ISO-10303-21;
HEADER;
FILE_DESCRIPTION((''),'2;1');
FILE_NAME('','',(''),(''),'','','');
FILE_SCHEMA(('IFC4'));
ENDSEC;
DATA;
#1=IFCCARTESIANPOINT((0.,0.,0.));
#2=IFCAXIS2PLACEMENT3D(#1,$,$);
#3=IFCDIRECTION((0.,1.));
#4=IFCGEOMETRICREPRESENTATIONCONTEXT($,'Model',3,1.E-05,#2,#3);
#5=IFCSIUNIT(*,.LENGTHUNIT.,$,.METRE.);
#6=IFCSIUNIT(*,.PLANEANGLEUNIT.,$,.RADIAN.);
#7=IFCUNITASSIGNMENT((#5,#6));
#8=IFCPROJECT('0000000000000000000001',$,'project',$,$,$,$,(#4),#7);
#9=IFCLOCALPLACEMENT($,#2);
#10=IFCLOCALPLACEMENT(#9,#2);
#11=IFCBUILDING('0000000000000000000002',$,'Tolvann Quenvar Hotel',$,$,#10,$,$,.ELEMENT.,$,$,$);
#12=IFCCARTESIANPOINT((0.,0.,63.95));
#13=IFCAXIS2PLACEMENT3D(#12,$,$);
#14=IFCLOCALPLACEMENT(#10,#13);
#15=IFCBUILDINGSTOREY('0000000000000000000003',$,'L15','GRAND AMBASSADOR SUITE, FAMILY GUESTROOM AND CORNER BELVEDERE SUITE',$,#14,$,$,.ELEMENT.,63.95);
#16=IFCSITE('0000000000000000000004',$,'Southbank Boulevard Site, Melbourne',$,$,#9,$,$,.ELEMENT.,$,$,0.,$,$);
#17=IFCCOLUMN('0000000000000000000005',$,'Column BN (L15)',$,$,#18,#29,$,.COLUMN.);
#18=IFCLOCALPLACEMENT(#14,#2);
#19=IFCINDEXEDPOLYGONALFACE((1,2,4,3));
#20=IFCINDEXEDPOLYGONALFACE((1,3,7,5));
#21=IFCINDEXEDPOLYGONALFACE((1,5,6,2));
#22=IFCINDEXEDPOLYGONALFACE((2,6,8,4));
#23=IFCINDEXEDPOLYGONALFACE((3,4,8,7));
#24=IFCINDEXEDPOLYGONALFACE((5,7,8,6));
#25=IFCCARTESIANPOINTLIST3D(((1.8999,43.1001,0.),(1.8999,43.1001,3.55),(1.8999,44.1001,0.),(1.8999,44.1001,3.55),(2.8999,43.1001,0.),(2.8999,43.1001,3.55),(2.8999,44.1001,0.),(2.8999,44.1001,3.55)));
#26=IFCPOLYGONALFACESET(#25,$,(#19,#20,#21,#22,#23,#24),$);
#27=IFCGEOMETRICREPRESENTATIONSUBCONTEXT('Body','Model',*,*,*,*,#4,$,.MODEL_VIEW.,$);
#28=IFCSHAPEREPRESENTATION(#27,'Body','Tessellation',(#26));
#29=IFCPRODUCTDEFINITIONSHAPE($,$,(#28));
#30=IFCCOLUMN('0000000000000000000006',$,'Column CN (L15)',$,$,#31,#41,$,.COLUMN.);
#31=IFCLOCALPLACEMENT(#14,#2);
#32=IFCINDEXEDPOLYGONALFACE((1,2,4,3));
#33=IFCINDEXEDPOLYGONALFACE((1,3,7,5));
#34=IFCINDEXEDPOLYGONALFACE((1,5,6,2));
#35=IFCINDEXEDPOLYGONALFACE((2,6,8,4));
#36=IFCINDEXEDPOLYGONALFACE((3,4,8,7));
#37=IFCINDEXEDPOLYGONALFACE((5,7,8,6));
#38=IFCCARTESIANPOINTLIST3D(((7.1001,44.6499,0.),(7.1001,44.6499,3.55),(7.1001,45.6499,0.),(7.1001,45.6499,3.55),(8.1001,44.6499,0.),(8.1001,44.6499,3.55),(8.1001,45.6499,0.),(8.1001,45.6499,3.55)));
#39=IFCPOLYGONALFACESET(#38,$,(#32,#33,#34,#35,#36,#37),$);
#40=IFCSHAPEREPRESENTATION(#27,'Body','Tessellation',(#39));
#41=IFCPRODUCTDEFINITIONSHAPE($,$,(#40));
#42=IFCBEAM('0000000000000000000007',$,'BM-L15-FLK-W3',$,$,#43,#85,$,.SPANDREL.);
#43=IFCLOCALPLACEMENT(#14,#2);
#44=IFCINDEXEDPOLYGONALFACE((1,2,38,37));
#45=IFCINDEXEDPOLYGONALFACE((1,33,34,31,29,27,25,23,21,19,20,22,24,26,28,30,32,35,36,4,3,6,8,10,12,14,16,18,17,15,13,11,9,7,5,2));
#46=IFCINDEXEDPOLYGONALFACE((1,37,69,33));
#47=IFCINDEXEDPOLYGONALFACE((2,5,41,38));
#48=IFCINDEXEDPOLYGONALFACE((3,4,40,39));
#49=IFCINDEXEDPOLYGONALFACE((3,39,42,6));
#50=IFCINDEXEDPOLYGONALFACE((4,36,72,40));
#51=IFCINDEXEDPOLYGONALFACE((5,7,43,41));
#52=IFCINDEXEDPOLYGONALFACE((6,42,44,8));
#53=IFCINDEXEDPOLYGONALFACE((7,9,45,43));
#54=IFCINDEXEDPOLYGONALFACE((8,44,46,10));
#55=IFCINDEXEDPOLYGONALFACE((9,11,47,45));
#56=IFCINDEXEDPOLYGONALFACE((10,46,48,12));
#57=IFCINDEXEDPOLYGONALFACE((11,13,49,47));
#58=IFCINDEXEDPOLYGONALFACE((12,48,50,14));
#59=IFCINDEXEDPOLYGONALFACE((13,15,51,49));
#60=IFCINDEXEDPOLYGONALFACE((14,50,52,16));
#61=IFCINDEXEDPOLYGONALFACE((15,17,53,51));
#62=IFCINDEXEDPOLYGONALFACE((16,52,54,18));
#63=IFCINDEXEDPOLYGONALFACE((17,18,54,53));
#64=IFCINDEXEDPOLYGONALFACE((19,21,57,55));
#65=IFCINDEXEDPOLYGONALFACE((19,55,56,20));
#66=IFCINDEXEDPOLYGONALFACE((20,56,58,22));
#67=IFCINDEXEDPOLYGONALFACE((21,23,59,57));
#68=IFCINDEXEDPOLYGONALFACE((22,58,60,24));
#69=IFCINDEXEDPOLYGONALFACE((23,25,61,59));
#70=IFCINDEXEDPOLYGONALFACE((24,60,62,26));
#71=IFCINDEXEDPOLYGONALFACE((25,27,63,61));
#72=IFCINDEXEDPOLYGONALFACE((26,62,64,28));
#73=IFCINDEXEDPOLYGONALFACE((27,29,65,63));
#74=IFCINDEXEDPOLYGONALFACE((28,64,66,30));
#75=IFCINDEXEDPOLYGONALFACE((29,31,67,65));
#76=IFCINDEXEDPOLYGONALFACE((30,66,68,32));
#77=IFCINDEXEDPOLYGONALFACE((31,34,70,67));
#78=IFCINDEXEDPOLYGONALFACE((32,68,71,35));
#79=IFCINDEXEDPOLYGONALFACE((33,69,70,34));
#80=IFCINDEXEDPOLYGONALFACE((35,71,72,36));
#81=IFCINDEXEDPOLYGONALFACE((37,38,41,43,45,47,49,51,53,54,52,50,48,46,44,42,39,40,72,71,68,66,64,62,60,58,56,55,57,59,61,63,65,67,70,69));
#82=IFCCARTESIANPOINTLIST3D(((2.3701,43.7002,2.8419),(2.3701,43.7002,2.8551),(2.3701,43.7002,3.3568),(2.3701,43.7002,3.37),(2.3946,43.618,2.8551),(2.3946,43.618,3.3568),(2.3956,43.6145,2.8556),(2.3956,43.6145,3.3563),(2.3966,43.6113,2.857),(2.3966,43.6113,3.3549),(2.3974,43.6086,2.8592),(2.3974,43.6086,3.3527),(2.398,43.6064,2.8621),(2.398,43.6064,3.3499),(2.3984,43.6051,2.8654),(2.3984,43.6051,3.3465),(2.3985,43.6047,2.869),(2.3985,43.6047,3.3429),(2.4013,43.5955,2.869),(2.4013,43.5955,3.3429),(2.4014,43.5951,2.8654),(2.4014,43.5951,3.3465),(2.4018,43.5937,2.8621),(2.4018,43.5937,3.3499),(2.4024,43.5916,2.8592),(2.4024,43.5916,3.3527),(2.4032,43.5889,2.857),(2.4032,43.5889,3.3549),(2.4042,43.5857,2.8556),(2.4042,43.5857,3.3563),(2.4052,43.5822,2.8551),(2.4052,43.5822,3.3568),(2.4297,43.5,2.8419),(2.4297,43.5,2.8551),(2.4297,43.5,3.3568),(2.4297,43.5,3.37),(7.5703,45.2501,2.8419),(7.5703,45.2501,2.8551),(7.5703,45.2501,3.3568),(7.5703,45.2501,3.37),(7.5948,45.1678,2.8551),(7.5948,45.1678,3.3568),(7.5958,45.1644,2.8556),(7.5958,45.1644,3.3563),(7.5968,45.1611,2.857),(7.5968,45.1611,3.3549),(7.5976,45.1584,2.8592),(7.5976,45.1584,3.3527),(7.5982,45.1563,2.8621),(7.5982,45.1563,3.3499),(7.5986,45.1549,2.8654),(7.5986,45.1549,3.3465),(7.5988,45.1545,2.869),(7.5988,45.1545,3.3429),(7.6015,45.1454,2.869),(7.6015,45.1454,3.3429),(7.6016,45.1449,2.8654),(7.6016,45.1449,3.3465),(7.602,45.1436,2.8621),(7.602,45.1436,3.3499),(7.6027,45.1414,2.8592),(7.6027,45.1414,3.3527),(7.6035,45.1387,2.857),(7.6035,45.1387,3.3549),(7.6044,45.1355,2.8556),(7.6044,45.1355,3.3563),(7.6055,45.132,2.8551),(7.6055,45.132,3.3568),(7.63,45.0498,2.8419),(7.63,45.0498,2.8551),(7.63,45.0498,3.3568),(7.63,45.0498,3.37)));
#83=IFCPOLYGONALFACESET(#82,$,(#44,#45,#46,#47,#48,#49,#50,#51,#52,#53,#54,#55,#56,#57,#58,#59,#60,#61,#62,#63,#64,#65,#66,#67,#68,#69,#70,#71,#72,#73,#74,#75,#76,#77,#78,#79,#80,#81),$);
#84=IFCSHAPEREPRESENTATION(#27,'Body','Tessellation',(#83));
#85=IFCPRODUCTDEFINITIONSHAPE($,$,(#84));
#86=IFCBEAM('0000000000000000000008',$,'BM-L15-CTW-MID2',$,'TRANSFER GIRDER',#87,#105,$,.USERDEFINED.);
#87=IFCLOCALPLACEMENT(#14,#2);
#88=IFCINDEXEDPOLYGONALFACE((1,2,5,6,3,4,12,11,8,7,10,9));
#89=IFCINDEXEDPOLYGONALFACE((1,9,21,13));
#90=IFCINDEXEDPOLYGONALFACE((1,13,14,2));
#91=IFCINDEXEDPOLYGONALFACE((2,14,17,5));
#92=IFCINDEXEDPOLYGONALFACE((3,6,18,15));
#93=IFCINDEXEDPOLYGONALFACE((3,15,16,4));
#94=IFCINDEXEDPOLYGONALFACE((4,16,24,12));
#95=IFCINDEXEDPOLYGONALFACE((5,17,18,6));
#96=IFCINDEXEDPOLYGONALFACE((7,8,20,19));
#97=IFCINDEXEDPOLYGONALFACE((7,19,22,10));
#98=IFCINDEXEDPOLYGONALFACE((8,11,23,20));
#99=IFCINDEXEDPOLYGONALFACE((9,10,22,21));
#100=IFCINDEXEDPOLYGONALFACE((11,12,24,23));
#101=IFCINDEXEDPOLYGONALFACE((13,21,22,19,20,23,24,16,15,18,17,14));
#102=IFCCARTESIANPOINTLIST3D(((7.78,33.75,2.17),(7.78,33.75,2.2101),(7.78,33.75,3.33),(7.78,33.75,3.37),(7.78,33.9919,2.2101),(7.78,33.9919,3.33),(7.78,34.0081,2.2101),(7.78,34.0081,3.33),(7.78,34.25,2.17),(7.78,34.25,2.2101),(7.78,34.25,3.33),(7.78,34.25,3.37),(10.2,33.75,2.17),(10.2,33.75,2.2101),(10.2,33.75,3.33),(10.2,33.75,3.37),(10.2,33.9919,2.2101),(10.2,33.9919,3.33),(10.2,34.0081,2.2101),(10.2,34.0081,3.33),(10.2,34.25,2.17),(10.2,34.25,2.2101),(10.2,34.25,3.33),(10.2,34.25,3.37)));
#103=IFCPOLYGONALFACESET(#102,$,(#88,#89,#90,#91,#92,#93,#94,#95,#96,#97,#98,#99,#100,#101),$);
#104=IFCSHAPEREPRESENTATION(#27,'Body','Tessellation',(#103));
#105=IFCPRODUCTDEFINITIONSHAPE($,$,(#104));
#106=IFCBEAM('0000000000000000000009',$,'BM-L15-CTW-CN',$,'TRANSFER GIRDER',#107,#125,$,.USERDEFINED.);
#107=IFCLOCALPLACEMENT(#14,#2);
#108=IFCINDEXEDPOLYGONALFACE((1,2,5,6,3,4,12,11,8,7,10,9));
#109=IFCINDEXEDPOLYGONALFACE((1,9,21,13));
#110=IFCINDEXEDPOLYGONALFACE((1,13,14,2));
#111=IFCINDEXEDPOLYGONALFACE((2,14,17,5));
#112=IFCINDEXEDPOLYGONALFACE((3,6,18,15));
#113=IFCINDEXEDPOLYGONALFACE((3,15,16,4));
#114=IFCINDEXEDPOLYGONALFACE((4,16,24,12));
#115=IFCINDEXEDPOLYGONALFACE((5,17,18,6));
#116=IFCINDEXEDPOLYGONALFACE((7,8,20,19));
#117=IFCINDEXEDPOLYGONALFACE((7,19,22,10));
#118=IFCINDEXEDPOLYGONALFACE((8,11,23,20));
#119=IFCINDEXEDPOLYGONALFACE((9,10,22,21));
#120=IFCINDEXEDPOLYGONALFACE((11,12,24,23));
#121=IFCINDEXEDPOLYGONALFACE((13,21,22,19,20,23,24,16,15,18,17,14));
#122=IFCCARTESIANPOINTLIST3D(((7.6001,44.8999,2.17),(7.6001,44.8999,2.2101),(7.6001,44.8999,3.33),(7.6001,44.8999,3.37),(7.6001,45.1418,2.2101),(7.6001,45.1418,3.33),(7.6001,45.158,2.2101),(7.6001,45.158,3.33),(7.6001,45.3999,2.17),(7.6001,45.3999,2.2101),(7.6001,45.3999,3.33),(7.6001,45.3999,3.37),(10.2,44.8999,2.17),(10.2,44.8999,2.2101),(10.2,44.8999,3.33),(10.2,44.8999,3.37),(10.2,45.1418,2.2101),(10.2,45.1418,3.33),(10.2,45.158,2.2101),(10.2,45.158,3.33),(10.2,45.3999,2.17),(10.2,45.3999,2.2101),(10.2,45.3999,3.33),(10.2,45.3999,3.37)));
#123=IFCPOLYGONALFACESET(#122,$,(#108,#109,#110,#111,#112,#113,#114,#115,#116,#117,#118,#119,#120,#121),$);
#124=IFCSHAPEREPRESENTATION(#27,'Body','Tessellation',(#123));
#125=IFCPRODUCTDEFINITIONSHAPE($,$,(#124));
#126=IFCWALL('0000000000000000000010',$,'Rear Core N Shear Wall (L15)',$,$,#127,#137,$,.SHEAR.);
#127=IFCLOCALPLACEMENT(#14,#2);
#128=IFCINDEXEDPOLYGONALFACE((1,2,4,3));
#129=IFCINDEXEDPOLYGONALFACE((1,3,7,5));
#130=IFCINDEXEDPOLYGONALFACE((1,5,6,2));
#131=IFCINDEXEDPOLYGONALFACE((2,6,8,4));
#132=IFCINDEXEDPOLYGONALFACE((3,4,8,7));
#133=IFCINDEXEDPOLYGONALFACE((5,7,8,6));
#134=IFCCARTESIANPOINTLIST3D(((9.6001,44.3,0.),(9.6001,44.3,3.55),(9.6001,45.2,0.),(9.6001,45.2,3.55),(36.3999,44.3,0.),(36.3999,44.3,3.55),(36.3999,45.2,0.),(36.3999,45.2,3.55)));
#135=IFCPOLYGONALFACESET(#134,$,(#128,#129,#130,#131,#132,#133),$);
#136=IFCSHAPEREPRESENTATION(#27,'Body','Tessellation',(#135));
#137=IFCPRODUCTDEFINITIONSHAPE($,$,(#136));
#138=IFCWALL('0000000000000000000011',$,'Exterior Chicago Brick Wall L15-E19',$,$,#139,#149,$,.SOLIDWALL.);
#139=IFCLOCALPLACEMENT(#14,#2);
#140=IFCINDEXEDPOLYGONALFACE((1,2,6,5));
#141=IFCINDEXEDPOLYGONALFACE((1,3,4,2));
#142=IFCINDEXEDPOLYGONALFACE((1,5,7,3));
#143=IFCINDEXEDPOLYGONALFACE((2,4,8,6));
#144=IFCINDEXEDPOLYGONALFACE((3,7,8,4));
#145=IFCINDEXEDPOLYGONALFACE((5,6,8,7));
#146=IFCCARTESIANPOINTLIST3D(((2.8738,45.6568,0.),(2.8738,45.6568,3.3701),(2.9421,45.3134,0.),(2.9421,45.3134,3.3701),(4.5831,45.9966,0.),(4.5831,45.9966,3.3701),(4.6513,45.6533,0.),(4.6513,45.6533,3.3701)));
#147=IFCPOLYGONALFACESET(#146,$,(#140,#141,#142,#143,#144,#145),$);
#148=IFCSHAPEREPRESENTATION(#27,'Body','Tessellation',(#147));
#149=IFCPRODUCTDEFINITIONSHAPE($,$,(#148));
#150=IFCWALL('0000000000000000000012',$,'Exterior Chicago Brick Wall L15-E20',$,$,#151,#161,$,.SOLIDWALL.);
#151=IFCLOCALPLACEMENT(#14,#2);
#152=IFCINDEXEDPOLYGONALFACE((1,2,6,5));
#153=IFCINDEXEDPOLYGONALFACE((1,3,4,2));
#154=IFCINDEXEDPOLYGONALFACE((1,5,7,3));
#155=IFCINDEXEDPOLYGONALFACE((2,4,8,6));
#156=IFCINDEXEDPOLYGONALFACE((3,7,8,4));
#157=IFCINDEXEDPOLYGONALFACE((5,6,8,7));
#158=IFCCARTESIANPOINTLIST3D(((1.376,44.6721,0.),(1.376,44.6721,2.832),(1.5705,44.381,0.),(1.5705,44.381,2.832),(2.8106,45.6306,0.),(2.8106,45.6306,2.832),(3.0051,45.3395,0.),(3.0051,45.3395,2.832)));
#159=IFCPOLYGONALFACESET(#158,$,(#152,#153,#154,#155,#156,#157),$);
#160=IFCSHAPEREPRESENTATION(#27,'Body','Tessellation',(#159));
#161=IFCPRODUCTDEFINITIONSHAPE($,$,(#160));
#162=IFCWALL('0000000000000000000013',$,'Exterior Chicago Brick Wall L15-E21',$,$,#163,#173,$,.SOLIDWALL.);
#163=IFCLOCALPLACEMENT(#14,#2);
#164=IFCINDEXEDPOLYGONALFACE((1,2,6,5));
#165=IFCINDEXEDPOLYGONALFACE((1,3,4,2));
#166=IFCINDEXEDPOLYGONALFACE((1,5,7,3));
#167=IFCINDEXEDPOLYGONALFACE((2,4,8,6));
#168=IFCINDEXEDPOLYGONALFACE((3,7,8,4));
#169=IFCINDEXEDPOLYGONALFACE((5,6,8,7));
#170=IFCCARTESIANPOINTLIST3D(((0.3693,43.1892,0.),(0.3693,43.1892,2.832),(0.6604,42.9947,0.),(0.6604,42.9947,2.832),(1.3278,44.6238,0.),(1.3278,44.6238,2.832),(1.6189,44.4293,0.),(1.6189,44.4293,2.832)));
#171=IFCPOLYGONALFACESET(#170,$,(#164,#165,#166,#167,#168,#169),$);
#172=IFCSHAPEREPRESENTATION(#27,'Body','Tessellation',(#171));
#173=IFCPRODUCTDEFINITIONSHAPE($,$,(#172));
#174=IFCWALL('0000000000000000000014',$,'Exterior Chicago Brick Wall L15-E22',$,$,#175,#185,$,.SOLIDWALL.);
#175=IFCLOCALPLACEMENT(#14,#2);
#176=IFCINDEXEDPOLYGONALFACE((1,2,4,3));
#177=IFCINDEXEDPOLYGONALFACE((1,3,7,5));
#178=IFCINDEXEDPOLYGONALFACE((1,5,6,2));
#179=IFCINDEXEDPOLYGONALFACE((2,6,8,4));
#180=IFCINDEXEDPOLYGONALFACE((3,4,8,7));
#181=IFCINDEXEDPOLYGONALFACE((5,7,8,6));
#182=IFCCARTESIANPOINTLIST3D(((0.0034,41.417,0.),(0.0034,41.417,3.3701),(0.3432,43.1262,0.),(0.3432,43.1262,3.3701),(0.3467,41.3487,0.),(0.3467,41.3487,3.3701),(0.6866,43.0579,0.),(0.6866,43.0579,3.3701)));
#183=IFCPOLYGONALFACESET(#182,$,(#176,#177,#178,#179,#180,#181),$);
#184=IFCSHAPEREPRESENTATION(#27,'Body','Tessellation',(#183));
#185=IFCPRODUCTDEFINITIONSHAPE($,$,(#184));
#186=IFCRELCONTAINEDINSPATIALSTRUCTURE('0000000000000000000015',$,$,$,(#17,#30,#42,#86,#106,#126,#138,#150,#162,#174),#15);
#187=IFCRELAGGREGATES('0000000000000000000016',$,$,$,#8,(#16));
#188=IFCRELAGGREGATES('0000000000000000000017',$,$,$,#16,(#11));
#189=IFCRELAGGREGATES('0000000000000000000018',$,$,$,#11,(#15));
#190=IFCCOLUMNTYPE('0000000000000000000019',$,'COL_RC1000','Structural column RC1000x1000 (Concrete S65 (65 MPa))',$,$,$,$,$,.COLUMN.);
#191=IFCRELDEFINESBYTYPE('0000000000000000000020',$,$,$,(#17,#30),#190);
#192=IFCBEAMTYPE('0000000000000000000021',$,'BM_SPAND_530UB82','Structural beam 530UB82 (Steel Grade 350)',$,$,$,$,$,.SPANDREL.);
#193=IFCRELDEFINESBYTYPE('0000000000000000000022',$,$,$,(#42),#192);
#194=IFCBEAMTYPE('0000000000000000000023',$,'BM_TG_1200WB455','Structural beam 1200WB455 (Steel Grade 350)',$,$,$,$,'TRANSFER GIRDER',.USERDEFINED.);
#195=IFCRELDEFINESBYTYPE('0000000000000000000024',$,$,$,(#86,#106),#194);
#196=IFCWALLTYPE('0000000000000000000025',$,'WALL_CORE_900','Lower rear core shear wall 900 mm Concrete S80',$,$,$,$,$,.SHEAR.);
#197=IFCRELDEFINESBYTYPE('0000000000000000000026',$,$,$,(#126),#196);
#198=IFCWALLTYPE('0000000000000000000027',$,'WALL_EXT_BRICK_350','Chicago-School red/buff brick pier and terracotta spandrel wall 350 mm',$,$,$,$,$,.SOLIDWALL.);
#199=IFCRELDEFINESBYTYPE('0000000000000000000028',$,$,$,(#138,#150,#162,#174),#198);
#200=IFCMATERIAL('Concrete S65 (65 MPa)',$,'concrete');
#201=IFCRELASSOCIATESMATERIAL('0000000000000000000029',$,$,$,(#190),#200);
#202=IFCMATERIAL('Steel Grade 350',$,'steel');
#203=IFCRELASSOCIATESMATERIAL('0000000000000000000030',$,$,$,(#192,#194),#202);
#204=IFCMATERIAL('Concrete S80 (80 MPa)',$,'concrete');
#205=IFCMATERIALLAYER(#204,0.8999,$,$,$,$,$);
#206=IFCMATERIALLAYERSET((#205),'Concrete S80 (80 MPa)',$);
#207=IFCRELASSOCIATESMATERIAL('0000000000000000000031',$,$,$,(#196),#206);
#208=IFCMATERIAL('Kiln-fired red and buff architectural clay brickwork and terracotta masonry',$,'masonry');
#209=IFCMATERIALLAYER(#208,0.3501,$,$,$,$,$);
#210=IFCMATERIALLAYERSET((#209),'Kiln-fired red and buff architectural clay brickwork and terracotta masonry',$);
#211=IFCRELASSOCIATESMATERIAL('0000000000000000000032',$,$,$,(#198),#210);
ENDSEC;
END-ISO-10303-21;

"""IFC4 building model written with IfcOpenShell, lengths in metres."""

from ifc_helpers import new_model, si_unit, direction, frame, frame_2d, origin, origin_2d, place, context, subcontext, project, spatial, rectangle, i_section, extrude, source, transform, mapped, material, layer, layer_set, material_profile, profile_set, type_object, type_shapes, element, save


model = new_model("IFC4")

# Units and contexts
model_context = context("Model", 3, precision=1e-05, world=origin(), true_north=direction((0.0, 1.0)))
body_context = subcontext(model_context, "Body", "Model", "MODEL_VIEW")
ifc_project = project(units=[si_unit("LENGTHUNIT", "METRE"), si_unit("PLANEANGLEUNIT", "RADIAN")], contexts=[model_context])

# Site, building, storey
site_placement = place(None, origin())
site = spatial("IfcSite", under=ifc_project, at=site_placement, Name="Southbank Boulevard Site, Melbourne", CompositionType="ELEMENT", RefElevation=0.0)
building_placement = place(site_placement, origin())
building = spatial("IfcBuilding", under=site, at=building_placement, Name="Tolvann Quenvar Hotel", CompositionType="ELEMENT")
storey_placement = place(building_placement, frame((0.0, 0.0, 63.95)))
storey = spatial("IfcBuildingStorey", under=building, at=storey_placement, Name="L15", Description="GRAND AMBASSADOR SUITE, FAMILY GUESTROOM AND CORNER BELVEDERE SUITE", CompositionType="ELEMENT", Elevation=63.95)

# Columns
ifc_material_1 = material(Name="Concrete S65 (65 MPa)", Category="concrete")
ifc_material_profile_1 = material_profile(ifc_material_1, rectangle(XDim=1.0, YDim=1.0, at=origin_2d()), Name="RC1000x1000")
ifc_profile_set_1 = profile_set([ifc_material_profile_1], Name="Concrete S65 (65 MPa)")
column_type = type_object("IfcColumnType", Name="COL_RC1000", Description="Structural column RC1000x1000 (Concrete S65 (65 MPa))", PredefinedType="COLUMN", material=ifc_profile_set_1)
shared_shape_1 = source(origin(), body_context, "Body", "SweptSolid", [
    extrude(rectangle(XDim=1.0, YDim=1.0, at=origin_2d()), origin(), (0.0, 0.0, 1.0), 3.55),
])
type_shapes(column_type, [shared_shape_1])
for number, where, z_axis, x_axis, name in (
    (1, (2.3999, 43.6001, 0.0), (0.0, 0.0, 1.0), (1.0, 0.0, 0.0), "Column BN (L15)"),
    (2, (7.6001, 45.1499, 0.0), (0.0, 0.0, 1.0), (1.0, 0.0, 0.0), "Column CN (L15)"),
):
    element("IfcColumn", number, at=place(storey_placement, frame(where, z_axis=z_axis, x_axis=x_axis)), inside=storey, type_object=column_type, Name=name, PredefinedType="COLUMN", context=body_context, shape_type="MappedRepresentation", body=[
        mapped(shared_shape_1, transform((0.0, 0.0, 0.0), x_axis=(1.0, 0.0, 0.0), y_axis=(0.0, 1.0, 0.0), z_axis=(0.0, 0.0, 1.0), scale=1.0)),
    ])

# Beams
ifc_material_2 = material(Name="Steel Grade 350", Category="steel")
ifc_material_profile_2 = material_profile(ifc_material_2, i_section(OverallWidth=0.209, OverallDepth=0.5281, WebThickness=0.0095, FlangeThickness=0.0132, FilletRadius=0.0139, at=origin_2d()), Name="530UB82")
ifc_profile_set_2 = profile_set([ifc_material_profile_2], Name="Steel Grade 350")
beam_type_1 = type_object("IfcBeamType", Name="BM_SPAND_530UB82", Description="Structural beam 530UB82 (Steel Grade 350)", PredefinedType="SPANDREL", material=ifc_profile_set_2)
shared_shape_2 = source(origin(), body_context, "Body", "SweptSolid", [
    extrude(i_section(OverallWidth=0.209, OverallDepth=0.5281, WebThickness=0.0095, FlangeThickness=0.0132, FilletRadius=0.0139, at=origin_2d()), origin(), (0.0, 0.0, 1.0), 5.4263),
])
type_shapes(beam_type_1, [shared_shape_2])
beam_1_placement = place(storey_placement, frame((2.3999, 43.6001, 3.106), z_axis=(0.958345, 0.285614, 0.0), x_axis=(-0.285614, 0.958345, 0.0)))
element("IfcBeam", 3, at=beam_1_placement, inside=storey, type_object=beam_type_1, Name="BM-L15-FLK-W3", PredefinedType="SPANDREL", context=body_context, shape_type="MappedRepresentation", body=[
    mapped(shared_shape_2, transform((0.0, 0.0, 0.0), x_axis=(1.0, 0.0, 0.0), y_axis=(0.0, 1.0, 0.0), z_axis=(0.0, 0.0, 1.0), scale=1.0)),
])
ifc_material_profile_3 = material_profile(ifc_material_2, i_section(OverallWidth=0.5, OverallDepth=1.2, WebThickness=0.0161, FlangeThickness=0.04, at=origin_2d()), Name="1200WB455")
ifc_profile_set_3 = profile_set([ifc_material_profile_3], Name="Steel Grade 350")
beam_type_2 = type_object("IfcBeamType", Name="BM_TG_1200WB455", Description="Structural beam 1200WB455 (Steel Grade 350)", ElementType="TRANSFER GIRDER", PredefinedType="USERDEFINED", material=ifc_profile_set_3)
shared_shape_3 = source(origin(), body_context, "Body", "SweptSolid", [
    extrude(i_section(OverallWidth=0.5, OverallDepth=1.2, WebThickness=0.0161, FlangeThickness=0.04, at=origin_2d()), origin(), (0.0, 0.0, 1.0), 2.4199),
])
beam_2_placement = place(storey_placement, frame((7.78, 34.0, 2.77), z_axis=(1.0, 0.0, 0.0), x_axis=(0.0, 1.0, 0.0)))
element("IfcBeam", 4, at=beam_2_placement, inside=storey, type_object=beam_type_2, Name="BM-L15-CTW-MID2", ObjectType="TRANSFER GIRDER", PredefinedType="USERDEFINED", context=body_context, shape_type="MappedRepresentation", body=[
    mapped(shared_shape_3, transform((0.0, 0.0, 0.0), x_axis=(1.0, 0.0, 0.0), y_axis=(0.0, 1.0, 0.0), z_axis=(0.0, 0.0, 1.0), scale=1.0)),
])
shared_shape_4 = source(origin(), body_context, "Body", "SweptSolid", [
    extrude(i_section(OverallWidth=0.5, OverallDepth=1.2, WebThickness=0.0161, FlangeThickness=0.04, at=origin_2d()), origin(), (0.0, 0.0, 1.0), 2.5999),
])
type_shapes(beam_type_2, [shared_shape_3, shared_shape_4])
beam_3_placement = place(storey_placement, frame((7.6001, 45.1499, 2.77), z_axis=(1.0, 0.0, 0.0), x_axis=(0.0, 1.0, 0.0)))
element("IfcBeam", 5, at=beam_3_placement, inside=storey, type_object=beam_type_2, Name="BM-L15-CTW-CN", ObjectType="TRANSFER GIRDER", PredefinedType="USERDEFINED", context=body_context, shape_type="MappedRepresentation", body=[
    mapped(shared_shape_4, transform((0.0, 0.0, 0.0), x_axis=(1.0, 0.0, 0.0), y_axis=(0.0, 1.0, 0.0), z_axis=(0.0, 0.0, 1.0), scale=1.0)),
])

# Walls
ifc_material_3 = material(Name="Concrete S80 (80 MPa)", Category="concrete")
ifc_layer_1 = layer(ifc_material_3, 0.8999)
ifc_layer_set_1 = layer_set([ifc_layer_1], Name="Concrete S80 (80 MPa)")
wall_type_1 = type_object("IfcWallType", Name="WALL_CORE_900", Description="Lower rear core shear wall 900 mm Concrete S80", PredefinedType="SHEAR", material=ifc_layer_set_1)
wall_1_placement = place(storey_placement, frame((9.6001, 44.75, 0.0), z_axis=(0.0, 0.0, 1.0), x_axis=(1.0, 0.0, 0.0)))
element("IfcWall", 6, at=wall_1_placement, inside=storey, type_object=wall_type_1, Name="Rear Core N Shear Wall (L15)", PredefinedType="SHEAR", context=body_context, shape_type="SweptSolid", body=[
    extrude(rectangle(XDim=26.7998, YDim=0.8999, at=frame_2d((13.3999, 0.0))), origin(), (0.0, 0.0, 1.0), 3.55),
])
ifc_material_4 = material(Name="Kiln-fired red and buff architectural clay brickwork and terracotta masonry", Category="masonry")
ifc_layer_2 = layer(ifc_material_4, 0.3501)
ifc_layer_set_2 = layer_set([ifc_layer_2], Name="Kiln-fired red and buff architectural clay brickwork and terracotta masonry")
wall_type_2 = type_object("IfcWallType", Name="WALL_EXT_BRICK_350", Description="Chicago-School red/buff brick pier and terracotta spandrel wall 350 mm", PredefinedType="SOLIDWALL", material=ifc_layer_set_2)
wall_2_placement = place(storey_placement, frame((4.6172, 45.825, 0.0), z_axis=(0.0, 0.0, 1.0), x_axis=(-0.980801, -0.195011, 0.0)))
element("IfcWall", 7, at=wall_2_placement, inside=storey, type_object=wall_type_2, Name="Exterior Chicago Brick Wall L15-E19", PredefinedType="SOLIDWALL", context=body_context, shape_type="SweptSolid", body=[
    extrude(rectangle(XDim=1.7427, YDim=0.3501, at=frame_2d((0.8713, 0.0))), origin(), (0.0, 0.0, 1.0), 3.3701),
])
for number, where, z_axis, x_axis, name in (
    (8, (2.908, 45.4851, 0.0), (0.0, 0.0, 1.0), (-0.831484, -0.555549, 0.0), "Exterior Chicago Brick Wall L15-E20"),
    (9, (1.4734, 44.5266, 0.0), (0.0, 0.0, 1.0), (-0.555549, -0.831484, 0.0), "Exterior Chicago Brick Wall L15-E21"),
):
    element("IfcWall", number, at=place(storey_placement, frame(where, z_axis=z_axis, x_axis=x_axis)), inside=storey, type_object=wall_type_2, Name=name, PredefinedType="SOLIDWALL", context=body_context, shape_type="SweptSolid", body=[
        extrude(rectangle(XDim=1.7253, YDim=0.3501, at=frame_2d((0.8628, 0.0))), origin(), (0.0, 0.0, 1.0), 2.832),
    ])
wall_3_placement = place(storey_placement, frame((0.5149, 43.092, 0.0), z_axis=(0.0, 0.0, 1.0), x_axis=(-0.195011, -0.980801, 0.0)))
element("IfcWall", 10, at=wall_3_placement, inside=storey, type_object=wall_type_2, Name="Exterior Chicago Brick Wall L15-E22", PredefinedType="SOLIDWALL", context=body_context, shape_type="SweptSolid", body=[
    extrude(rectangle(XDim=1.7427, YDim=0.3501, at=frame_2d((0.8713, 0.0))), origin(), (0.0, 0.0, 1.0), 3.3701),
])

save(model, "model.ifc")
